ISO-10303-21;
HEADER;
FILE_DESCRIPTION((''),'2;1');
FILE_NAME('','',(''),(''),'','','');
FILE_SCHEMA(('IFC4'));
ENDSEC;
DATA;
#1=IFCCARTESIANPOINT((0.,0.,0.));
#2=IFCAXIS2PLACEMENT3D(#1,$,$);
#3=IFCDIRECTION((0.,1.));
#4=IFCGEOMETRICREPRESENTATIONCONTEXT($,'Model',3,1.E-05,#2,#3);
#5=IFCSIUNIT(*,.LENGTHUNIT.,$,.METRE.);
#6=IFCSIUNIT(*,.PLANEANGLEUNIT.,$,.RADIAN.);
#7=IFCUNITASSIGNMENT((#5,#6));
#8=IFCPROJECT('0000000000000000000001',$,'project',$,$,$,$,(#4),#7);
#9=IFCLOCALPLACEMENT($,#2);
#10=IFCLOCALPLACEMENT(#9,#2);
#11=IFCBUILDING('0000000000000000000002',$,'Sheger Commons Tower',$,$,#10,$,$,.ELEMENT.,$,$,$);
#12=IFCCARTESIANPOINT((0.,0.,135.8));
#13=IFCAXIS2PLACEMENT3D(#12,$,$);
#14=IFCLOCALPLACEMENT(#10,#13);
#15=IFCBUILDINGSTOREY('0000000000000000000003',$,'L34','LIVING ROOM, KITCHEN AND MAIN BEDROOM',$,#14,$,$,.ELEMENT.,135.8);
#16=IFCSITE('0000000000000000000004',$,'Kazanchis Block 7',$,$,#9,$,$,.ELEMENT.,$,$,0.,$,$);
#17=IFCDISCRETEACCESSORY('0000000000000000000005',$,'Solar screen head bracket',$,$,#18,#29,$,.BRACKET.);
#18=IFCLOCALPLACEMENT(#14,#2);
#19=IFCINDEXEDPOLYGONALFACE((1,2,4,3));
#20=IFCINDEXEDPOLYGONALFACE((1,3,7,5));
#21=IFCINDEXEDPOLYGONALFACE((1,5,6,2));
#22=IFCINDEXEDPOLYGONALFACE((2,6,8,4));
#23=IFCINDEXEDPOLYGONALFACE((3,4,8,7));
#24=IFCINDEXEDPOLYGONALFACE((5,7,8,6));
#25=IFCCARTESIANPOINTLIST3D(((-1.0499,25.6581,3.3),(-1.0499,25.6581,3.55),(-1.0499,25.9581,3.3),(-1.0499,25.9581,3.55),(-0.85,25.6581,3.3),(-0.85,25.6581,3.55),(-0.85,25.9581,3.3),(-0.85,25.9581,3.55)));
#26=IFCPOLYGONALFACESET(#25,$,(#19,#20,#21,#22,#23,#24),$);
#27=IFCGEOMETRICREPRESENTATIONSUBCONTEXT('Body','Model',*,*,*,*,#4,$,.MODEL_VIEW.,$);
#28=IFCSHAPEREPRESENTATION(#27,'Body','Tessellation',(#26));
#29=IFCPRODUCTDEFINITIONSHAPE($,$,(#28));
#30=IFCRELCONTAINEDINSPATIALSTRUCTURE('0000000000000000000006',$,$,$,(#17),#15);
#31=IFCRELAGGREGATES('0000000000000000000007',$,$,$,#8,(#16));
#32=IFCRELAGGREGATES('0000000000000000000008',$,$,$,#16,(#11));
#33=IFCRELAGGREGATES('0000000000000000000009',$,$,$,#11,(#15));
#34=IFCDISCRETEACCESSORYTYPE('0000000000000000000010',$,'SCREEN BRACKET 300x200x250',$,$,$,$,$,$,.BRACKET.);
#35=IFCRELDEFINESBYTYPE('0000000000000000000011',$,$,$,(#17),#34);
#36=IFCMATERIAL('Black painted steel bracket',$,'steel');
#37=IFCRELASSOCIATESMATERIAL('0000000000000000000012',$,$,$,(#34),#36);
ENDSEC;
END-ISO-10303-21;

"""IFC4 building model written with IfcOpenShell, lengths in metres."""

from ifc_helpers import new_model, si_unit, direction, frame, origin, origin_2d, place, context, subcontext, project, spatial, rectangle, extrude, material, type_object, element, save


model = new_model("IFC4")

# Units and contexts
model_context = context("Model", 3, precision=1e-05, world=origin(), true_north=direction((0.0, 1.0)))
body_context = subcontext(model_context, "Body", "Model", "MODEL_VIEW")
ifc_project = project(units=[si_unit("LENGTHUNIT", "METRE"), si_unit("PLANEANGLEUNIT", "RADIAN")], contexts=[model_context])

# Site, building, storey
site_placement = place(None, origin())
site = spatial("IfcSite", under=ifc_project, at=site_placement, Name="Kazanchis Block 7", CompositionType="ELEMENT", RefElevation=0.0)
building_placement = place(site_placement, origin())
building = spatial("IfcBuilding", under=site, at=building_placement, Name="Sheger Commons Tower", CompositionType="ELEMENT")
storey_placement = place(building_placement, frame((0.0, 0.0, 135.8)))
storey = spatial("IfcBuildingStorey", under=building, at=storey_placement, Name="L34", Description="LIVING ROOM, KITCHEN AND MAIN BEDROOM", CompositionType="ELEMENT", Elevation=135.8)

# Discrete accessory
ifc_material_1 = material(Name="Black painted steel bracket", Category="steel")
discrete_accessory_type = type_object("IfcDiscreteAccessoryType", Name="SCREEN BRACKET 300x200x250", PredefinedType="BRACKET", material=ifc_material_1)
for number, where, z_axis, x_axis, name in (
    (1, (-0.95, 25.8081, 3.3), (0.0, 0.0, 1.0), (0.0, -1.0, 0.0), "Solar screen head bracket"),
):
    element("IfcDiscreteAccessory", number, at=place(storey_placement, frame(where, z_axis=z_axis, x_axis=x_axis)), inside=storey, type_object=discrete_accessory_type, Name=name, PredefinedType="BRACKET", context=body_context, shape_type="SweptSolid", body=[
        extrude(rectangle(XDim=0.3, YDim=0.2, at=origin_2d()), origin(), (0.0, 0.0, 1.0), 0.25),
    ])

save(model, "model.ifc")
